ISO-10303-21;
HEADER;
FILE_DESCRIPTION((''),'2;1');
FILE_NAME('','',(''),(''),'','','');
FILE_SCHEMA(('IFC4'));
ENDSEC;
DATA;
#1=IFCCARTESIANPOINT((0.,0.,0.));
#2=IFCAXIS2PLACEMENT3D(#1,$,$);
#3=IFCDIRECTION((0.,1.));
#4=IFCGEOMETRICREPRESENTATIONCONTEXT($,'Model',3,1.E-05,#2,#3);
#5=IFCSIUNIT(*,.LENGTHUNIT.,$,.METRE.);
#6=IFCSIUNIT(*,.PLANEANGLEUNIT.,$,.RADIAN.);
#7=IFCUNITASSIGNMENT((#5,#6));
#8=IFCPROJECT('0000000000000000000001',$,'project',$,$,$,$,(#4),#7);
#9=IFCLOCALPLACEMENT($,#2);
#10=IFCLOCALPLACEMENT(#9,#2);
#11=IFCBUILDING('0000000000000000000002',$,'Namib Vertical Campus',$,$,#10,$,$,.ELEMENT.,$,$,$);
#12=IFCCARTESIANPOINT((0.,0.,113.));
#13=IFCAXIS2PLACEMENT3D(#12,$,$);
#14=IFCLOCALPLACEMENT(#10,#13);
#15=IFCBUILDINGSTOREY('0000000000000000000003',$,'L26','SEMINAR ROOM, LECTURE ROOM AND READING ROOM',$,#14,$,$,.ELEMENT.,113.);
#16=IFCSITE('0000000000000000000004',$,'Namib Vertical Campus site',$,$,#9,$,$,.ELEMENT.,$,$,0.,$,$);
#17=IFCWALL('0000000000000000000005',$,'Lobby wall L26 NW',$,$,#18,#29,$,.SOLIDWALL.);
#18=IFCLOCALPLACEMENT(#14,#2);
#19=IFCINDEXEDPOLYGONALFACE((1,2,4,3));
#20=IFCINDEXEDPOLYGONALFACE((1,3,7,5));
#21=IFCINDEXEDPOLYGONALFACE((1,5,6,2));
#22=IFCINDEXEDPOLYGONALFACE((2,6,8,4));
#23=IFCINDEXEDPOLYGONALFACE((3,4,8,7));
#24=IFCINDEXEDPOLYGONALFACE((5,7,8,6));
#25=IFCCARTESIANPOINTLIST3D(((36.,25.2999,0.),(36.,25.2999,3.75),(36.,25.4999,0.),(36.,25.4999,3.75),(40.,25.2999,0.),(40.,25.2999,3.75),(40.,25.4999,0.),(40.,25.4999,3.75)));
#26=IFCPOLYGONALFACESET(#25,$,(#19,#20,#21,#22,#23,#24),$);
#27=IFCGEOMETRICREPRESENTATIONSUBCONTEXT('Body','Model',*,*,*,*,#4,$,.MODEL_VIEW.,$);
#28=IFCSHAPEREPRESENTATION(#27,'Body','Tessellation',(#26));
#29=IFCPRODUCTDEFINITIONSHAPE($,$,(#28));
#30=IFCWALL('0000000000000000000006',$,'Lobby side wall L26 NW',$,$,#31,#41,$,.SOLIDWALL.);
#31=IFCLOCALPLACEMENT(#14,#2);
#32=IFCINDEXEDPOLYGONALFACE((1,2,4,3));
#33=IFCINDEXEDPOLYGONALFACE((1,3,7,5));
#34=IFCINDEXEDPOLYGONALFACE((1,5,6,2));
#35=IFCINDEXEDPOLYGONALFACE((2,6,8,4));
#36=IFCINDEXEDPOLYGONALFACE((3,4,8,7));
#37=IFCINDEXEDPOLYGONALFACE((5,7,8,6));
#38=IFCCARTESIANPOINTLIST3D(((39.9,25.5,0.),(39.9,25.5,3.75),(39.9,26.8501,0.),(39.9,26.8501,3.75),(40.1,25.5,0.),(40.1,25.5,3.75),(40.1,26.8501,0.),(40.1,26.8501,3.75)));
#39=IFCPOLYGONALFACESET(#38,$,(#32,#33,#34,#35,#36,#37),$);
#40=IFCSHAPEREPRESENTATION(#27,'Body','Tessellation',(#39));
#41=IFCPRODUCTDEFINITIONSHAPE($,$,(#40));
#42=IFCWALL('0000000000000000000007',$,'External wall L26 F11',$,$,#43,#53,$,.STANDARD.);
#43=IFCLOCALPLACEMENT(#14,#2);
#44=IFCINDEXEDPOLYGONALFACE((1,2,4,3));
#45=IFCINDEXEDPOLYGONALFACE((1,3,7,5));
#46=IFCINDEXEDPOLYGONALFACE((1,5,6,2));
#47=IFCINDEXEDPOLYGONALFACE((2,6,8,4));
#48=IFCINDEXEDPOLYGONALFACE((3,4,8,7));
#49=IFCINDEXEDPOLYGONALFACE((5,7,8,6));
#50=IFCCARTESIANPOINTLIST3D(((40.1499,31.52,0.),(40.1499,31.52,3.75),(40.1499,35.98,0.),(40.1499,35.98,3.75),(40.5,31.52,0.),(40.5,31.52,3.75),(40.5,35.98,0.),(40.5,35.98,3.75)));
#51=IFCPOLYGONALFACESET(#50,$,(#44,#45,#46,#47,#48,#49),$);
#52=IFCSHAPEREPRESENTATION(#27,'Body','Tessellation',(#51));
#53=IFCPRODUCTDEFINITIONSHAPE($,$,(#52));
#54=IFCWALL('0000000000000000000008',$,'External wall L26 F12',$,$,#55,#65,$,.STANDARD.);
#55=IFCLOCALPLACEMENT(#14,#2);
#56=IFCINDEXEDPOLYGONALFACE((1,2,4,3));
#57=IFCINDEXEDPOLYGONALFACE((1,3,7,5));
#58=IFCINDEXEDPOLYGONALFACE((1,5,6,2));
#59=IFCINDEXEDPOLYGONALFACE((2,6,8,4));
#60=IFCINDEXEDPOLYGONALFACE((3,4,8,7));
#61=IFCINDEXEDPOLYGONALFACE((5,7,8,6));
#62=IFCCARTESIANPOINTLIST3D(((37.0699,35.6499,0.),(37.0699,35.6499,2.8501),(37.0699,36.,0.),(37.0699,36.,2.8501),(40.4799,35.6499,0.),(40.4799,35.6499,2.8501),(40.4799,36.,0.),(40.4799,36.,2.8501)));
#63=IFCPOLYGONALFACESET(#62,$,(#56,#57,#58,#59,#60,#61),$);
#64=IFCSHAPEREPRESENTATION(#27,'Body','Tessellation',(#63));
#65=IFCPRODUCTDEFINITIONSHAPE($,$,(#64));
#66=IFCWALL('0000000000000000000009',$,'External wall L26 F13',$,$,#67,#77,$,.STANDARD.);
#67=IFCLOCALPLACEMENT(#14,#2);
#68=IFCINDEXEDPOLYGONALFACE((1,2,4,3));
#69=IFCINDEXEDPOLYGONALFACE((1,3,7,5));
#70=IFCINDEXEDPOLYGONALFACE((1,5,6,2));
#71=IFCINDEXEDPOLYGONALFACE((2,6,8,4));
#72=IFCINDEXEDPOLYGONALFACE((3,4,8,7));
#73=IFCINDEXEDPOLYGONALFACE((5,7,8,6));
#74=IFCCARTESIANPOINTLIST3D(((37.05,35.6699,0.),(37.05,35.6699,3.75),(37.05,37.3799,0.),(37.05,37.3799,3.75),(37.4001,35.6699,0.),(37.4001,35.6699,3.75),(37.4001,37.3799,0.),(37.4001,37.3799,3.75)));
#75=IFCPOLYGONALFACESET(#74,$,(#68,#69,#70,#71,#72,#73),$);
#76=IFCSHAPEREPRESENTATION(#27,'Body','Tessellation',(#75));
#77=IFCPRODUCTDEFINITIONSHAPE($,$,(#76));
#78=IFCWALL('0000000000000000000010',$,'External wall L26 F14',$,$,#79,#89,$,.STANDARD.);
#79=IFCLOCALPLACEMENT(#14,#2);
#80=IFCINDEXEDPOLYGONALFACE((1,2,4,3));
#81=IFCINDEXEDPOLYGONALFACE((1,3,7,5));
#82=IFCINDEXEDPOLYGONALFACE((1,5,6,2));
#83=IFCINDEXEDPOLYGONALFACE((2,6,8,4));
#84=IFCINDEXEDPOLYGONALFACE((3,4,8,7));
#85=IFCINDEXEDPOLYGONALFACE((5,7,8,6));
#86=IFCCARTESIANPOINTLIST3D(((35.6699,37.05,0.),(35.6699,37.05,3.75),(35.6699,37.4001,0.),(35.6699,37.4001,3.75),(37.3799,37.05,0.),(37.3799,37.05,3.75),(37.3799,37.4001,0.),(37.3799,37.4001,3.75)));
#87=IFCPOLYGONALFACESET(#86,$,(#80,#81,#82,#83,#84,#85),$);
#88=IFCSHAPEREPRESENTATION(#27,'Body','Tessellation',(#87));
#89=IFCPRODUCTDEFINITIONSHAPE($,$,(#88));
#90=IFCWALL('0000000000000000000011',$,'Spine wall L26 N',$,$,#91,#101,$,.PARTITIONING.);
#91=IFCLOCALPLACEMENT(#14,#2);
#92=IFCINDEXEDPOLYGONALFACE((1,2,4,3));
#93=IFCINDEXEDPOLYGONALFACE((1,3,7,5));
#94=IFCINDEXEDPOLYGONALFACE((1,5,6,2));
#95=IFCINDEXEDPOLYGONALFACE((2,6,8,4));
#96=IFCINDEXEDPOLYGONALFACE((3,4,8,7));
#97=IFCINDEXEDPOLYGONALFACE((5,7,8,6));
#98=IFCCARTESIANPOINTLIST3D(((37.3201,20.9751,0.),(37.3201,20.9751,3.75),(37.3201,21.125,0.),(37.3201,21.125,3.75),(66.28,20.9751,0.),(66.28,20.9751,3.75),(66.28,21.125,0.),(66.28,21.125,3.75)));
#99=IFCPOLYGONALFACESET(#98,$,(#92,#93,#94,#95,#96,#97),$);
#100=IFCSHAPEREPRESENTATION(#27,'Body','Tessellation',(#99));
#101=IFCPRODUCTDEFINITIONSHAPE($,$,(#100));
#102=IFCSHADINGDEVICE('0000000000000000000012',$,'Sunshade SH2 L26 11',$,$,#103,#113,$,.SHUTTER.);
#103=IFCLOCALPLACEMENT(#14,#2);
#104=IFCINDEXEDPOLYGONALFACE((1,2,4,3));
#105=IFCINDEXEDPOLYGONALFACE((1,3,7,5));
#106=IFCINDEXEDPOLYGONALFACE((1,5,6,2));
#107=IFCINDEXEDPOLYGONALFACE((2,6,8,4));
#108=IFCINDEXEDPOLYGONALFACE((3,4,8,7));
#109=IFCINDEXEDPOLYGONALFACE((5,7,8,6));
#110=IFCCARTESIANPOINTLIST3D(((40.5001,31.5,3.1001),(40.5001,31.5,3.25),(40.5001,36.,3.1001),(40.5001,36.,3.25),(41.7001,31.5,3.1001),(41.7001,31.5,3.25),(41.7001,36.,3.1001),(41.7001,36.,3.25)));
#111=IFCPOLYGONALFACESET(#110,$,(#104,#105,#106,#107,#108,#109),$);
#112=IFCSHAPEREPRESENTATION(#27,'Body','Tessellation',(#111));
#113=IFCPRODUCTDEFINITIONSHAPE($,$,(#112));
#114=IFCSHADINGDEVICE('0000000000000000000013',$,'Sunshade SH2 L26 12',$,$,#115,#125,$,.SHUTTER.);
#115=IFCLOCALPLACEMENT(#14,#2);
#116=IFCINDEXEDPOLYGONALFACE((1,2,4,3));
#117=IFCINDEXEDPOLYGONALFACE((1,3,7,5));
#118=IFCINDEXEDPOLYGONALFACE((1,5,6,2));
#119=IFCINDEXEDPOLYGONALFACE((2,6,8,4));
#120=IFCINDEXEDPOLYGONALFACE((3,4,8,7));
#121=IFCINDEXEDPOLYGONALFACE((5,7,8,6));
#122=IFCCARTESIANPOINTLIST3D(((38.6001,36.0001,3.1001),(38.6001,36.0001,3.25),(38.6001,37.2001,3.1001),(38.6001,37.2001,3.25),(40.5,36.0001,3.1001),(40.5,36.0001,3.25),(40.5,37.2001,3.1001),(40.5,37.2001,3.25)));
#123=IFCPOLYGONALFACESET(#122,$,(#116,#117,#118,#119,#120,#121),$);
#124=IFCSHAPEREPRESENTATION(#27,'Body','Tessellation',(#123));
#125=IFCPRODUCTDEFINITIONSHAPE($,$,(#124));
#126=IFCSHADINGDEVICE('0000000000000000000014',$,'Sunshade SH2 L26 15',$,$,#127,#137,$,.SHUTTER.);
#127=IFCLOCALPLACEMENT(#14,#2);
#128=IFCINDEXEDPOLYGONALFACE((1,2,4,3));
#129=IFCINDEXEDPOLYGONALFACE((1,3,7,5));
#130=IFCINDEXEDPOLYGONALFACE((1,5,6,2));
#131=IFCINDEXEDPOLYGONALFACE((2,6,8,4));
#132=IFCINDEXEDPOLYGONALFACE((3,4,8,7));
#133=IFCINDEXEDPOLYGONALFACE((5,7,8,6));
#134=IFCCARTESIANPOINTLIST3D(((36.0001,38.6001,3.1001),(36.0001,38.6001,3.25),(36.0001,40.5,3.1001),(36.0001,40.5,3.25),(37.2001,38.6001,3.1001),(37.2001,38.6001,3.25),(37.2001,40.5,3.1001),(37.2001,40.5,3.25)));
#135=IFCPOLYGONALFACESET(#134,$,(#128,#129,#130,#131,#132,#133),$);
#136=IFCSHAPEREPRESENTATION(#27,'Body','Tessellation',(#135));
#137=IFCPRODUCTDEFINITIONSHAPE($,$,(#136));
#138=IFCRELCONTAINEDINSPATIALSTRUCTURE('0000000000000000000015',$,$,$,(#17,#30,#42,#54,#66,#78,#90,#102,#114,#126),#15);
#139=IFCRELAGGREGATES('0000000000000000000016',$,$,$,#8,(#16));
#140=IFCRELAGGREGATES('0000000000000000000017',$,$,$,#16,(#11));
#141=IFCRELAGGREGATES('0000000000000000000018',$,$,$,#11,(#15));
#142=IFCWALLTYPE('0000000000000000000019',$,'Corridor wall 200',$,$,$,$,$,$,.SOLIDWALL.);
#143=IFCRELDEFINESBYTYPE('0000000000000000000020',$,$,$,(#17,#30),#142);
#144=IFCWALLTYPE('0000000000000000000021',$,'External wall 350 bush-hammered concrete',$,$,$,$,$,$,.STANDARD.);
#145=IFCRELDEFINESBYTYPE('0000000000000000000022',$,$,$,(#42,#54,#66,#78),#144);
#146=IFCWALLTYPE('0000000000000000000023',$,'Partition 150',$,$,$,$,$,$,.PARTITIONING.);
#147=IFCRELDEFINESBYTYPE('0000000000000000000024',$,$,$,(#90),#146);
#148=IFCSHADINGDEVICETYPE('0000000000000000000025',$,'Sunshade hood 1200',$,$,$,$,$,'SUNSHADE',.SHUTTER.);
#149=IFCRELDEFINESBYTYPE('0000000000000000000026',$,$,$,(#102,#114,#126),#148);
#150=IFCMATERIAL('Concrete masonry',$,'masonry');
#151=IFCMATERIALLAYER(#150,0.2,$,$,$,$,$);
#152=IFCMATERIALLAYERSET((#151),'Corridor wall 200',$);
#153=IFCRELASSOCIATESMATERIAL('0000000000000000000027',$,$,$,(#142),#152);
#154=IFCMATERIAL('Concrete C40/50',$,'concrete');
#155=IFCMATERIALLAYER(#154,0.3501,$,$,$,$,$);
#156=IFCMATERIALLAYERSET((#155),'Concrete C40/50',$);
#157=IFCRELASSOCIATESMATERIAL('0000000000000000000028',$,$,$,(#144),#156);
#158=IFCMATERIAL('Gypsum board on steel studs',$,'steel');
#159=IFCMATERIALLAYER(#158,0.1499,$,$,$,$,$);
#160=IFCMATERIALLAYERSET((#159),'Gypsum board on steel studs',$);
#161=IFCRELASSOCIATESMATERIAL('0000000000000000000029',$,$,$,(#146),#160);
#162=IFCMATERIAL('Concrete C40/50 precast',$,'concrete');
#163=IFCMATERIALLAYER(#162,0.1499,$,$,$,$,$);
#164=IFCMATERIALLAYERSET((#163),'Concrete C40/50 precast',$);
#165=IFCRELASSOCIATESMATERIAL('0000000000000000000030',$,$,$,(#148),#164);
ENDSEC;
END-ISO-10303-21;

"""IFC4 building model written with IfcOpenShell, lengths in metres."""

from ifc_helpers import new_model, si_unit, direction, frame, frame_2d, origin, origin_2d, place, context, subcontext, project, spatial, rectangle, extrude, material, layer, layer_set, type_object, element, save


model = new_model("IFC4")

# Units and contexts
model_context = context("Model", 3, precision=1e-05, world=origin(), true_north=direction((0.0, 1.0)))
body_context = subcontext(model_context, "Body", "Model", "MODEL_VIEW")
ifc_project = project(units=[si_unit("LENGTHUNIT", "METRE"), si_unit("PLANEANGLEUNIT", "RADIAN")], contexts=[model_context])

# Site, building, storey
site_placement = place(None, origin())
site = spatial("IfcSite", under=ifc_project, at=site_placement, Name="Namib Vertical Campus site", CompositionType="ELEMENT", RefElevation=0.0)
building_placement = place(site_placement, origin())
building = spatial("IfcBuilding", under=site, at=building_placement, Name="Namib Vertical Campus", CompositionType="ELEMENT")
storey_placement = place(building_placement, frame((0.0, 0.0, 113.0)))
storey = spatial("IfcBuildingStorey", under=building, at=storey_placement, Name="L26", Description="SEMINAR ROOM, LECTURE ROOM AND READING ROOM", CompositionType="ELEMENT", Elevation=113.0)

# Shared definitions
ifc_material_1 = material(Name="Concrete masonry", Category="masonry")
ifc_layer_1 = layer(ifc_material_1, 0.2)
ifc_layer_set_1 = layer_set([ifc_layer_1], Name="Corridor wall 200")
wall_type_1 = type_object("IfcWallType", Name="Corridor wall 200", PredefinedType="SOLIDWALL", material=ifc_layer_set_1)

# Walls
wall_1_placement = place(storey_placement, frame((36.0, 25.3999, 0.0), z_axis=(0.0, 0.0, 1.0), x_axis=(1.0, 0.0, 0.0)))
element("IfcWall", 1, at=wall_1_placement, inside=storey, type_object=wall_type_1, Name="Lobby wall L26 NW", PredefinedType="SOLIDWALL", context=body_context, shape_type="SweptSolid", body=[
    extrude(rectangle(XDim=4.0, YDim=0.2, at=frame_2d((2.0, 0.0))), origin(), (0.0, 0.0, 1.0), 3.75),
])
wall_2_placement = place(storey_placement, frame((40.0, 26.8501, 0.0), z_axis=(0.0, 0.0, 1.0), x_axis=(0.0, -1.0, 0.0)))
element("IfcWall", 2, at=wall_2_placement, inside=storey, type_object=wall_type_1, Name="Lobby side wall L26 NW", PredefinedType="SOLIDWALL", context=body_context, shape_type="SweptSolid", body=[
    extrude(rectangle(XDim=1.3501, YDim=0.2, at=frame_2d((0.675, 0.0))), origin(), (0.0, 0.0, 1.0), 3.75),
])
ifc_material_2 = material(Name="Concrete C40/50", Category="concrete")
ifc_layer_2 = layer(ifc_material_2, 0.3501)
ifc_layer_set_2 = layer_set([ifc_layer_2], Name="Concrete C40/50")
wall_type_2 = type_object("IfcWallType", Name="External wall 350 bush-hammered concrete", PredefinedType="STANDARD", material=ifc_layer_set_2)
wall_3_placement = place(storey_placement, frame((40.325, 31.52, 0.0), z_axis=(0.0, 0.0, 1.0), x_axis=(0.0, 1.0, 0.0)))
element("IfcWall", 3, at=wall_3_placement, inside=storey, type_object=wall_type_2, Name="External wall L26 F11", PredefinedType="STANDARD", context=body_context, shape_type="SweptSolid", body=[
    extrude(rectangle(XDim=4.46, YDim=0.3501, at=frame_2d((2.23, 0.0))), origin(), (0.0, 0.0, 1.0), 3.75),
])
wall_4_placement = place(storey_placement, frame((40.48, 35.825, 0.0), z_axis=(0.0, 0.0, 1.0), x_axis=(-1.0, 0.0, 0.0)))
element("IfcWall", 4, at=wall_4_placement, inside=storey, type_object=wall_type_2, Name="External wall L26 F12", PredefinedType="STANDARD", context=body_context, shape_type="SweptSolid", body=[
    extrude(rectangle(XDim=3.4099, YDim=0.3501, at=frame_2d((1.7051, 0.0))), origin(), (0.0, 0.0, 1.0), 2.8501),
])
for number, where, z_axis, x_axis, name in (
    (5, (37.2251, 35.6699, 0.0), (0.0, 0.0, 1.0), (0.0, 1.0, 0.0), "External wall L26 F13"),
    (6, (37.3799, 37.2251, 0.0), (0.0, 0.0, 1.0), (-1.0, 0.0, 0.0), "External wall L26 F14"),
):
    element("IfcWall", number, at=place(storey_placement, frame(where, z_axis=z_axis, x_axis=x_axis)), inside=storey, type_object=wall_type_2, Name=name, PredefinedType="STANDARD", context=body_context, shape_type="SweptSolid", body=[
        extrude(rectangle(XDim=1.71, YDim=0.3501, at=frame_2d((0.855, 0.0))), origin(), (0.0, 0.0, 1.0), 3.75),
    ])
ifc_material_3 = material(Name="Gypsum board on steel studs", Category="steel")
ifc_layer_3 = layer(ifc_material_3, 0.1499)
ifc_layer_set_3 = layer_set([ifc_layer_3], Name="Gypsum board on steel studs")
wall_type_3 = type_object("IfcWallType", Name="Partition 150", PredefinedType="PARTITIONING", material=ifc_layer_set_3)
wall_5_placement = place(storey_placement, frame((37.3201, 21.05, 0.0), z_axis=(0.0, 0.0, 1.0), x_axis=(1.0, 0.0, 0.0)))
element("IfcWall", 7, at=wall_5_placement, inside=storey, type_object=wall_type_3, Name="Spine wall L26 N", PredefinedType="PARTITIONING", context=body_context, shape_type="SweptSolid", body=[
    extrude(rectangle(XDim=28.96, YDim=0.1499, at=frame_2d((14.48, 0.0))), origin(), (0.0, 0.0, 1.0), 3.75),
])

# Shading devices
ifc_material_4 = material(Name="Concrete C40/50 precast", Category="concrete")
ifc_layer_4 = layer(ifc_material_4, 0.1499)
ifc_layer_set_4 = layer_set([ifc_layer_4], Name="Concrete C40/50 precast")
shading_device_type = type_object("IfcShadingDeviceType", Name="Sunshade hood 1200", ElementType="SUNSHADE", PredefinedType="SHUTTER", material=ifc_layer_set_4)
shading_device_placement = place(storey_placement, frame((41.1001, 33.75, 3.1001), z_axis=(0.0, 0.0, 1.0), x_axis=(0.0, 1.0, 0.0)))
element("IfcShadingDevice", 8, at=shading_device_placement, inside=storey, type_object=shading_device_type, Name="Sunshade SH2 L26 11", PredefinedType="SHUTTER", context=body_context, shape_type="SweptSolid", body=[
    extrude(rectangle(XDim=4.5, YDim=1.2, at=origin_2d()), origin(), (0.0, 0.0, 1.0), 0.1499),
])
for number, where, z_axis, x_axis, name in (
    (9, (39.55, 36.6001, 3.1001), (0.0, 0.0, 1.0), (-1.0, 0.0, 0.0), "Sunshade SH2 L26 12"),
    (10, (36.6001, 39.55, 3.1001), (0.0, 0.0, 1.0), (0.0, 1.0, 0.0), "Sunshade SH2 L26 15"),
):
    element("IfcShadingDevice", number, at=place(storey_placement, frame(where, z_axis=z_axis, x_axis=x_axis)), inside=storey, type_object=shading_device_type, Name=name, PredefinedType="SHUTTER", context=body_context, shape_type="SweptSolid", body=[
        extrude(rectangle(XDim=1.8999, YDim=1.2, at=origin_2d()), origin(), (0.0, 0.0, 1.0), 0.1499),
    ])

save(model, "model.ifc")
